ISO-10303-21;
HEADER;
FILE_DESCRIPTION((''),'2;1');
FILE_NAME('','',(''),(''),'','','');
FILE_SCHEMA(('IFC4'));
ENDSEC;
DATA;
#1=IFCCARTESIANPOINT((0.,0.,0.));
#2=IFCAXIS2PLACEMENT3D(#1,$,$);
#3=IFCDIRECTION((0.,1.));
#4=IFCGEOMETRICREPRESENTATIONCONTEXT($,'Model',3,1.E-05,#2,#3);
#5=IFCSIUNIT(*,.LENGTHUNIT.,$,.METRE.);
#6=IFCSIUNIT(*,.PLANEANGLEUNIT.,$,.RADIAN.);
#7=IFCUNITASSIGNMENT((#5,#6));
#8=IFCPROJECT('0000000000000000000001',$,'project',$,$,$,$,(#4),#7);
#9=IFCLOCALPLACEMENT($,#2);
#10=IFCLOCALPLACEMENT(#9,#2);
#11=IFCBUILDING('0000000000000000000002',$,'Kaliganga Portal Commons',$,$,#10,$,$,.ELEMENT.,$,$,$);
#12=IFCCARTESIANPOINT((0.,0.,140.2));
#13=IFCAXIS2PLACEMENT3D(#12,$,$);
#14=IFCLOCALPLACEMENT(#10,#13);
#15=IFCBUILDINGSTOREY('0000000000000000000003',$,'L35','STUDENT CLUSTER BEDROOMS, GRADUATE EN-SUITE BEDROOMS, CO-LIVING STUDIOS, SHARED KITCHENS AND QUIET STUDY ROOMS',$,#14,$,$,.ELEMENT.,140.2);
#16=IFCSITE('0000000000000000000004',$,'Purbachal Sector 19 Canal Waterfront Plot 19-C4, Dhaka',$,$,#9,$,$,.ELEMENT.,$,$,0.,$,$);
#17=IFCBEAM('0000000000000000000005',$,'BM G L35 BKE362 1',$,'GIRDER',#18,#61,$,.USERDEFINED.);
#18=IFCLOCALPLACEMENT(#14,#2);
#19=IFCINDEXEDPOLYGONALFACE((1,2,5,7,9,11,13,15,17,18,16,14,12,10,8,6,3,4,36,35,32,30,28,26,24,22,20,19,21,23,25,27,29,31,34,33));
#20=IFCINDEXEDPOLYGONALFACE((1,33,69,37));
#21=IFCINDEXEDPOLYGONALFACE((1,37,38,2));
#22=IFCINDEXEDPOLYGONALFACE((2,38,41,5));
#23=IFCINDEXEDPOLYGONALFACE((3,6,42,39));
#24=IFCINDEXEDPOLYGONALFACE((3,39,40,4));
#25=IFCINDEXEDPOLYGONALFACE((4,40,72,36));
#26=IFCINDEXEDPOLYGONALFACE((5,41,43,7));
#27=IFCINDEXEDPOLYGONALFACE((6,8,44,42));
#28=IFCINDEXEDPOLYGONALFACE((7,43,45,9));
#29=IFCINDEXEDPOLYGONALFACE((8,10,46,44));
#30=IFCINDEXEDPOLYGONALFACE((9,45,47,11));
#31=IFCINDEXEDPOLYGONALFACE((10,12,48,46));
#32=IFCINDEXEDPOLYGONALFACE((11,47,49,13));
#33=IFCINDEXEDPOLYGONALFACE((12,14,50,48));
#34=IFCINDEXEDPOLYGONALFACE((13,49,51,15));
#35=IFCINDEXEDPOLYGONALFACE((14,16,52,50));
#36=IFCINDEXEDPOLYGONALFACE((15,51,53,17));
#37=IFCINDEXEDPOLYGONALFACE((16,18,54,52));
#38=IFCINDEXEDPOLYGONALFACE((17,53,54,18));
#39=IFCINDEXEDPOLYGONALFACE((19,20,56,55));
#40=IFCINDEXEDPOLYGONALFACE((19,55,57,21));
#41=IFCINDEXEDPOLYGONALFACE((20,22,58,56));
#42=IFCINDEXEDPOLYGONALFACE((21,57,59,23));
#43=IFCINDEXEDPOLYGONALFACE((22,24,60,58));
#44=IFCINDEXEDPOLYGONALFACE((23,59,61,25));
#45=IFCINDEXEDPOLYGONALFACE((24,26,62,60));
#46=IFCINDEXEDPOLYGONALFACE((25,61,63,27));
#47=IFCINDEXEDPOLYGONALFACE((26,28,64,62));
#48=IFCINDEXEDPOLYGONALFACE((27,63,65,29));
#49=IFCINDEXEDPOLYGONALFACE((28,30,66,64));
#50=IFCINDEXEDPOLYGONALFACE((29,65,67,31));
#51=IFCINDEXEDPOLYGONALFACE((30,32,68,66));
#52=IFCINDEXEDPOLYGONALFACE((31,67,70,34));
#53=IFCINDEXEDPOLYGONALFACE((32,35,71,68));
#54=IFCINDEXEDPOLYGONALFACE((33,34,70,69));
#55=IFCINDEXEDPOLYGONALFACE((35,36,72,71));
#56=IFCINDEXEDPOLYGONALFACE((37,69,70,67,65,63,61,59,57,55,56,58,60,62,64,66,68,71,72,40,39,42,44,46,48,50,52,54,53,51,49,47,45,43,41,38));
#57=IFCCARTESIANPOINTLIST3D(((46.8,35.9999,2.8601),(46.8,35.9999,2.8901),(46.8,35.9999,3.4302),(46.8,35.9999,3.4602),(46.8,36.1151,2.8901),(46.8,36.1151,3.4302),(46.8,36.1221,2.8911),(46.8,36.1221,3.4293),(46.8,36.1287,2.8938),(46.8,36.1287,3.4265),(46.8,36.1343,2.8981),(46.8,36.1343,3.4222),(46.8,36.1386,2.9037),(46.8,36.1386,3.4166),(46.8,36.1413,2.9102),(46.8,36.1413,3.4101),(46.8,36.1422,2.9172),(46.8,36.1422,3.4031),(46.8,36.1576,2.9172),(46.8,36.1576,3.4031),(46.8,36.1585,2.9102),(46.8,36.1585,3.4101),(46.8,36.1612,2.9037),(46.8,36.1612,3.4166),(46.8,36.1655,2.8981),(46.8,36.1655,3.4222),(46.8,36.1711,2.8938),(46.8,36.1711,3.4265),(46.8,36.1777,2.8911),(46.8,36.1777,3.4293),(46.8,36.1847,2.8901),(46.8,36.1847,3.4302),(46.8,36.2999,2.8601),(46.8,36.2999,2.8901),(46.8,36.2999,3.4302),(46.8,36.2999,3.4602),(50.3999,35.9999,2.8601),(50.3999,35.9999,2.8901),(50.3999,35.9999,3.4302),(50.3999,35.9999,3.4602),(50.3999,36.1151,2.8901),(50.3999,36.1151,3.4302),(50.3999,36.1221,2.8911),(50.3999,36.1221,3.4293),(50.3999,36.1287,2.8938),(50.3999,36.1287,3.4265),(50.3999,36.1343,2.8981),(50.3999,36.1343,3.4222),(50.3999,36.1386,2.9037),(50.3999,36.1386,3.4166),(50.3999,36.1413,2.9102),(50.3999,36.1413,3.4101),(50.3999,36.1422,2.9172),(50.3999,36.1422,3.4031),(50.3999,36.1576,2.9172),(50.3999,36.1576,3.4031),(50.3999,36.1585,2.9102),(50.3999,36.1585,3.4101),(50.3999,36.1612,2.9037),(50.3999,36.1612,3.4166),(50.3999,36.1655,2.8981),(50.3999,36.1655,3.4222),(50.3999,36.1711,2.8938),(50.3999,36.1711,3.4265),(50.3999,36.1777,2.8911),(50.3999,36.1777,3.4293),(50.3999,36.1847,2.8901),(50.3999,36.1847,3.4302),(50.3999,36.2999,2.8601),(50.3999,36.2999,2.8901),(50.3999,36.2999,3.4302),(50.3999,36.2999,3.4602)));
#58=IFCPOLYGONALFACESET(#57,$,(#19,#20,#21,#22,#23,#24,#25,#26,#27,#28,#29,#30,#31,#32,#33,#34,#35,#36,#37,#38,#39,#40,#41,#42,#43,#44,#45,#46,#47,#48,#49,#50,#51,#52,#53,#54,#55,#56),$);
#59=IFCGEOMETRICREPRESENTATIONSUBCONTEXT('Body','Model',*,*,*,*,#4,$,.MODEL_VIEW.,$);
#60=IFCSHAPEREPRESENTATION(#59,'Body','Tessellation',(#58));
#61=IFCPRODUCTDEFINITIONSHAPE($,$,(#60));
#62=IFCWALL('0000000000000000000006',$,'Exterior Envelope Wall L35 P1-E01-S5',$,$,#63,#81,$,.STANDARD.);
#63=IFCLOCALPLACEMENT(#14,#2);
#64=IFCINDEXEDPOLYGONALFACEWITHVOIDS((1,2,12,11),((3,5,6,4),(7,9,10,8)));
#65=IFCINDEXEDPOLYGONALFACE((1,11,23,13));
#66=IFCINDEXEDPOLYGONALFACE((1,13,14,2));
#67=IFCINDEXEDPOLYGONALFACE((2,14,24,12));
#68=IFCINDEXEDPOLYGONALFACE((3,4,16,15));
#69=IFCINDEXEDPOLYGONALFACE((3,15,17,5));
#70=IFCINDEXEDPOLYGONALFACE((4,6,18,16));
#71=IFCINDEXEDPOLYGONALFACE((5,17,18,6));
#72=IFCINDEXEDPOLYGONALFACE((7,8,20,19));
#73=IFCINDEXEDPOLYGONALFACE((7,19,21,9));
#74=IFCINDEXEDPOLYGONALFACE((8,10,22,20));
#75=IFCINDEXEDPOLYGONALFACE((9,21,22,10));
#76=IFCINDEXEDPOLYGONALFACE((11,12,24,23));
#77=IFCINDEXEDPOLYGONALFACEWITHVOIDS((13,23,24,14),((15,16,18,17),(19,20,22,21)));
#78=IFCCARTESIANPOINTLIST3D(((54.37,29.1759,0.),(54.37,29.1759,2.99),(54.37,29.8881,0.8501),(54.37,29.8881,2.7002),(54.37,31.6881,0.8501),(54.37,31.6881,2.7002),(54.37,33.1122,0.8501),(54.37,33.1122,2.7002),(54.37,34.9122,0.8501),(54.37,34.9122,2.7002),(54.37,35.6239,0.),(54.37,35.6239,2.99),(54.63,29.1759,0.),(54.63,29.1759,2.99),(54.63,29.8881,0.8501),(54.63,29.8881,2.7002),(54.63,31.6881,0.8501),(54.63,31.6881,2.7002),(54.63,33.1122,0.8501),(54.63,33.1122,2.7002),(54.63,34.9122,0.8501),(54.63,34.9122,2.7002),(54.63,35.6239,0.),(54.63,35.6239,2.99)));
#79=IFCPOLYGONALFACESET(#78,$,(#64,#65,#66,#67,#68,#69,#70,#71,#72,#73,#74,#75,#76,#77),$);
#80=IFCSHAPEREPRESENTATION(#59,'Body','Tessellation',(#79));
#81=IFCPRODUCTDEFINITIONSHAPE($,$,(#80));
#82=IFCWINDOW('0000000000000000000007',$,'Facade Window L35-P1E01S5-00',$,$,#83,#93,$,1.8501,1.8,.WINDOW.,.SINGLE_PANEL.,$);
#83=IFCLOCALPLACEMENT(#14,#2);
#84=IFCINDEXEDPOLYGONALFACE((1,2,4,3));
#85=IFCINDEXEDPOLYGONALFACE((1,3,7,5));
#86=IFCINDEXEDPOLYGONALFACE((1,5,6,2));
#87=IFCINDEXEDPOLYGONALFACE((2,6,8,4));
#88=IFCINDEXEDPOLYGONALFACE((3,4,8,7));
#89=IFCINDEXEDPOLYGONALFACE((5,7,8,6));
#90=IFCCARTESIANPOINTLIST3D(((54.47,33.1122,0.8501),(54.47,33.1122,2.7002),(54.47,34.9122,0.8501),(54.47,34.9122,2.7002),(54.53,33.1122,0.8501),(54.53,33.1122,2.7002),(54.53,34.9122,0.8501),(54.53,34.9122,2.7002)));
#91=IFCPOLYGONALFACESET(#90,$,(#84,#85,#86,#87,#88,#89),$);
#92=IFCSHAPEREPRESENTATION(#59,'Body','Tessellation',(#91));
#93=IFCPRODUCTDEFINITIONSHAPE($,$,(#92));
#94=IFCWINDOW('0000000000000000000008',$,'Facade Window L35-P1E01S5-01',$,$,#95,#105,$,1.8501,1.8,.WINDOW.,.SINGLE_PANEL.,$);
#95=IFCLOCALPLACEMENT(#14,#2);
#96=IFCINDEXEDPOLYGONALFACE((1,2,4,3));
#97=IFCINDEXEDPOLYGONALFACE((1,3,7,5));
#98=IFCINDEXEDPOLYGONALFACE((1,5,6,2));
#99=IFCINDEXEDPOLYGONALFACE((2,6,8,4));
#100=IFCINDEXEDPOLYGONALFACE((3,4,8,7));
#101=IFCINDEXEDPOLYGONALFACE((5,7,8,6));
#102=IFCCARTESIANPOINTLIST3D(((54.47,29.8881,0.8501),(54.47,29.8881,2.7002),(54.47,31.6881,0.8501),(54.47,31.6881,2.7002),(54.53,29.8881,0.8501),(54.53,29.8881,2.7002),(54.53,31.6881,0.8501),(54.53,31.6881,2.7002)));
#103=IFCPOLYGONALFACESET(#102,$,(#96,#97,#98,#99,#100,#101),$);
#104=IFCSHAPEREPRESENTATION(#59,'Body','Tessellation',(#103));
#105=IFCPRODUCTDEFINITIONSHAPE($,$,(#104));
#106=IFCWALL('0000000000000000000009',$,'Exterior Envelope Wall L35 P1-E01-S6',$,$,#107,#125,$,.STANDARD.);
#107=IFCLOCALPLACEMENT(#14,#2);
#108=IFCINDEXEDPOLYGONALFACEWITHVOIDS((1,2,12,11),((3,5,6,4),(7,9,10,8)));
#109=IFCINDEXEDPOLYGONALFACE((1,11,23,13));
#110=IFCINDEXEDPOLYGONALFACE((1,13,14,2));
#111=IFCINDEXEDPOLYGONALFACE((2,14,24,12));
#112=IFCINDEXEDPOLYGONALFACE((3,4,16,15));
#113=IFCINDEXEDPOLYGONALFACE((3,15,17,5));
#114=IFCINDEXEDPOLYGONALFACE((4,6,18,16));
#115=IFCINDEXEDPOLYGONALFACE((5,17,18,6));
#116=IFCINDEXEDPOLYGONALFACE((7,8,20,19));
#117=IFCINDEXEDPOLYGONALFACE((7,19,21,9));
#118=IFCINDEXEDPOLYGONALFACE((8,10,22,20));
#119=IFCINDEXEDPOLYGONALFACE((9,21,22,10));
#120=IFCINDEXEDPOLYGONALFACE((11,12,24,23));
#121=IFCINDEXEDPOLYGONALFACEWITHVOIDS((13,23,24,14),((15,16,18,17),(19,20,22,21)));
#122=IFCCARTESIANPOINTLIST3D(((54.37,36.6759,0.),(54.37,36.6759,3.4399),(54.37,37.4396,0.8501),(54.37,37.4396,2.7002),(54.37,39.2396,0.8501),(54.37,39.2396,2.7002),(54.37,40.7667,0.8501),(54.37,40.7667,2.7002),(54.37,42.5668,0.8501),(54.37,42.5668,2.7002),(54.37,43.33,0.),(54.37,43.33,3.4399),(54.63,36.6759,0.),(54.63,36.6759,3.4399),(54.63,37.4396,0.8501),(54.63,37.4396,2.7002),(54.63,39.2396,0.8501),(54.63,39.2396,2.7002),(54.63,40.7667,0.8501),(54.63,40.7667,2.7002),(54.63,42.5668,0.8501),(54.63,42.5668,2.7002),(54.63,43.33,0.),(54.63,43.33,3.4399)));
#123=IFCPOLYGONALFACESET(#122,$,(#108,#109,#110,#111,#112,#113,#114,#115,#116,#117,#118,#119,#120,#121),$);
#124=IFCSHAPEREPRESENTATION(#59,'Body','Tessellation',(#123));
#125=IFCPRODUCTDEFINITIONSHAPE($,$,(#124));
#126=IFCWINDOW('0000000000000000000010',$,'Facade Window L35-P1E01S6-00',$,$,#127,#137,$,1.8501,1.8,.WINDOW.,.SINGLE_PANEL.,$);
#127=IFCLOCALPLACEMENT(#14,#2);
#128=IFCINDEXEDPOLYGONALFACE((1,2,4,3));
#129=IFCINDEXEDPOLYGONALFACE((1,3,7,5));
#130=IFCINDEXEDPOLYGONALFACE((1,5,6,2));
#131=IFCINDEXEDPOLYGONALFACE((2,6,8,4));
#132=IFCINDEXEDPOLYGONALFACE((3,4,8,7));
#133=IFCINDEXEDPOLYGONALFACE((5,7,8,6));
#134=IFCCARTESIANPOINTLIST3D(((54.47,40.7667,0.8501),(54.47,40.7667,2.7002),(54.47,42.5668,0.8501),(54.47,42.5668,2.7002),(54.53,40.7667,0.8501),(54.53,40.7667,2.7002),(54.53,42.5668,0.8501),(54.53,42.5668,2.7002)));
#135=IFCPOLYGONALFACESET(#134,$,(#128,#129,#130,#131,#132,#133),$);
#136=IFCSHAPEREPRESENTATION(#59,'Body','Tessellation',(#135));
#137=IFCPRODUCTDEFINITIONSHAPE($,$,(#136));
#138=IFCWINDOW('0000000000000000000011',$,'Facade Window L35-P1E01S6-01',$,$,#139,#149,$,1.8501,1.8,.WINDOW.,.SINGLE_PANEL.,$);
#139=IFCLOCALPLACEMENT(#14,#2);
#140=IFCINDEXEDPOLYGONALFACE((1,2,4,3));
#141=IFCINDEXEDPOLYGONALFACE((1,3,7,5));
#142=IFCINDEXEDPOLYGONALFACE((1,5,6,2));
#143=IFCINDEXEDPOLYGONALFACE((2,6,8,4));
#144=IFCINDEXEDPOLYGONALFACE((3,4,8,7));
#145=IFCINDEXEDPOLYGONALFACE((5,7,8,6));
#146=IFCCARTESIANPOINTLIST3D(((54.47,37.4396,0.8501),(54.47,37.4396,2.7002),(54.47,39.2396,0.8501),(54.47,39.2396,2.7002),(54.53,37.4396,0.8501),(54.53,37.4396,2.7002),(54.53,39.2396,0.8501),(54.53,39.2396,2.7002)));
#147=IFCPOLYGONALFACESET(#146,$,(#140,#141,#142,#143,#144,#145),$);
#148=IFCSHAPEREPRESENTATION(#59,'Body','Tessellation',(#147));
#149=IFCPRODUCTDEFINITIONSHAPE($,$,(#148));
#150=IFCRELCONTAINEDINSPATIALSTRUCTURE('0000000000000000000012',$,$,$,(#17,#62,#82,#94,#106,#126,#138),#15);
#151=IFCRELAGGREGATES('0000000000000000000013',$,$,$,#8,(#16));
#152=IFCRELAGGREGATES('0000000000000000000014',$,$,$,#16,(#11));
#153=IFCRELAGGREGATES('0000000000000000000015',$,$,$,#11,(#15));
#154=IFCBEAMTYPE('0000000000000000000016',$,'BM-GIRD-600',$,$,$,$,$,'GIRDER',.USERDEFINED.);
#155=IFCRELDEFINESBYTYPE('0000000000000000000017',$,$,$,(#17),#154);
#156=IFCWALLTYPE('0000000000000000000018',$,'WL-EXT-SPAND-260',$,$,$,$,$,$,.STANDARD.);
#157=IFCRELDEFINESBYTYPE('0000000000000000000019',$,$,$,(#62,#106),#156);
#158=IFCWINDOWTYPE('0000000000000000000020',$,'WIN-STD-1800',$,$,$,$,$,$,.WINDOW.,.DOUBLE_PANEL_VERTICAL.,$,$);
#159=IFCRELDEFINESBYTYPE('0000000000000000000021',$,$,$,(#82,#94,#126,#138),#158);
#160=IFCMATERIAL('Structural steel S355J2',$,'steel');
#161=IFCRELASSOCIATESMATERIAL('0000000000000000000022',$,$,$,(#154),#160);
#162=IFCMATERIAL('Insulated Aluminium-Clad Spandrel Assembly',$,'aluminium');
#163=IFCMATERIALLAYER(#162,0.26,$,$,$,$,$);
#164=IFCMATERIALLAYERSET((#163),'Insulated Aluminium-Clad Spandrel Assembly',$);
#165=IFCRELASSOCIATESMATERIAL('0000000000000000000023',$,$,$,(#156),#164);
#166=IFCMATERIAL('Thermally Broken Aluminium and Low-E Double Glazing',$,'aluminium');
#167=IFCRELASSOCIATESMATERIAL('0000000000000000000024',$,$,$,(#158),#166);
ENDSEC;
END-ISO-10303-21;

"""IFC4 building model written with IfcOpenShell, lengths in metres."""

from ifc_helpers import new_model, si_unit, direction, frame, frame_2d, origin, origin_2d, place, context, subcontext, project, spatial, rectangle, i_section, extrude, source, transform, mapped, material, layer, layer_set, material_profile, profile_set, type_object, element, fill, save


model = new_model("IFC4")

# Units and contexts
model_context = context("Model", 3, precision=1e-05, world=origin(), true_north=direction((0.0, 1.0)))
body_context = subcontext(model_context, "Body", "Model", "MODEL_VIEW")
ifc_project = project(units=[si_unit("LENGTHUNIT", "METRE"), si_unit("PLANEANGLEUNIT", "RADIAN")], contexts=[model_context])

# Site, building, storey
site_placement = place(None, origin())
site = spatial("IfcSite", under=ifc_project, at=site_placement, Name="Purbachal Sector 19 Canal Waterfront Plot 19-C4, Dhaka", CompositionType="ELEMENT", RefElevation=0.0)
building_placement = place(site_placement, origin())
building = spatial("IfcBuilding", under=site, at=building_placement, Name="Kaliganga Portal Commons", CompositionType="ELEMENT")
storey_placement = place(building_placement, frame((0.0, 0.0, 140.2)))
storey = spatial("IfcBuildingStorey", under=building, at=storey_placement, Name="L35", Description="STUDENT CLUSTER BEDROOMS, GRADUATE EN-SUITE BEDROOMS, CO-LIVING STUDIOS, SHARED KITCHENS AND QUIET STUDY ROOMS", CompositionType="ELEMENT", Elevation=140.2)

# Beam
ifc_material_1 = material(Name="Structural steel S355J2", Category="steel")
ifc_material_profile_1 = material_profile(ifc_material_1, i_section(OverallWidth=0.3, OverallDepth=0.6001, WebThickness=0.0154, FlangeThickness=0.03, FilletRadius=0.0271, at=origin_2d()), Name="HE 600 B")
ifc_profile_set_1 = profile_set([ifc_material_profile_1], Name="Structural steel S355J2 wide-flange")
beam_type_1 = type_object("IfcBeamType", Name="BM-GIRD-600", ElementType="GIRDER", PredefinedType="USERDEFINED", material=ifc_profile_set_1)
shared_shape_1 = source(origin(), body_context, "Body", "SweptSolid", [
    extrude(i_section(OverallWidth=0.3, OverallDepth=0.6001, WebThickness=0.0154, FlangeThickness=0.03, FilletRadius=0.0271, at=origin_2d()), origin(), (0.0, 0.0, 1.0), 3.5999),
])
beam_1_placement = place(storey_placement, frame((46.8, 36.1499, 3.1602), z_axis=(1.0, 0.0, 0.0), x_axis=(0.0, 1.0, 0.0)))
element("IfcBeam", 1, at=beam_1_placement, inside=storey, type_object=beam_type_1, Name="BM G L35 BKE362 1", ObjectType="GIRDER", PredefinedType="USERDEFINED", context=body_context, shape_type="MappedRepresentation", body=[
    mapped(shared_shape_1, transform((0.0, 0.0, 0.0), x_axis=(1.0, 0.0, 0.0), y_axis=(0.0, 1.0, 0.0), z_axis=(0.0, 0.0, 1.0), scale=1.0)),
])

# Walls, openings, windows
ifc_material_2 = material(Name="Insulated Aluminium-Clad Spandrel Assembly", Category="aluminium")
ifc_layer_1 = layer(ifc_material_2, 0.26)
ifc_layer_set_1 = layer_set([ifc_layer_1], Name="Insulated Aluminium-Clad Spandrel Assembly")
wall_type_1 = type_object("IfcWallType", Name="WL-EXT-SPAND-260", PredefinedType="STANDARD", material=ifc_layer_set_1)
wall_1_placement = place(storey_placement, frame((54.5, 35.624, 0.0), z_axis=(0.0, 0.0, 1.0), x_axis=(0.0, -1.0, 0.0)))
wall_1 = element("IfcWall", 2, at=wall_1_placement, inside=storey, type_object=wall_type_1, Name="Exterior Envelope Wall L35 P1-E01-S5", PredefinedType="STANDARD", context=body_context, shape_type="SweptSolid", body=[
    extrude(rectangle(XDim=6.448, YDim=0.26, at=frame_2d((3.2241, 0.0))), origin(), (0.0, 0.0, 1.0), 2.99),
])
opening_1_placement = place(wall_1_placement, frame((0.7119, 0.0, 0.8501)))
opening_1 = element("IfcOpeningElement", 3, at=opening_1_placement, cuts=wall_1, PredefinedType="OPENING", context=body_context, shape_type="SweptSolid", body=[
    extrude(rectangle(XDim=1.8, YDim=1.8501, at=frame_2d((0.8999, 0.925))), frame((0.0, 0.1401, 0.0), z_axis=(0.0, -1.0, 0.0), x_axis=(1.0, 0.0, 0.0)), (0.0, 0.0, 1.0), 0.28),
])
opening_2_placement = place(wall_1_placement, frame((3.936, 0.0, 0.8501)))
opening_2 = element("IfcOpeningElement", 4, at=opening_2_placement, cuts=wall_1, PredefinedType="OPENING", context=body_context, shape_type="SweptSolid", body=[
    extrude(rectangle(XDim=1.8, YDim=1.8501, at=frame_2d((0.8999, 0.925))), frame((0.0, 0.1401, 0.0), z_axis=(0.0, -1.0, 0.0), x_axis=(1.0, 0.0, 0.0)), (0.0, 0.0, 1.0), 0.28),
])
ifc_material_3 = material(Name="Thermally Broken Aluminium and Low-E Double Glazing", Category="aluminium")
window_type = type_object("IfcWindowType", Name="WIN-STD-1800", PartitioningType="DOUBLE_PANEL_VERTICAL", PredefinedType="WINDOW", material=ifc_material_3)
window_1_placement = place(opening_1_placement, origin())
window_1 = element("IfcWindow", 5, at=window_1_placement, inside=storey, type_object=window_type, Name="Facade Window L35-P1E01S5-00", OverallHeight=1.8501, OverallWidth=1.8, PartitioningType="SINGLE_PANEL", PredefinedType="WINDOW", context=body_context, shape_type="SweptSolid", body=[
    extrude(rectangle(XDim=1.8, YDim=1.8501, at=frame_2d((0.8999, 0.925))), frame((0.0, 0.03, 0.0), z_axis=(0.0, -1.0, 0.0), x_axis=(1.0, 0.0, 0.0)), (0.0, 0.0, 1.0), 0.0601),
])
fill(opening_1, window_1)
window_2_placement = place(opening_2_placement, origin())
window_2 = element("IfcWindow", 6, at=window_2_placement, inside=storey, type_object=window_type, Name="Facade Window L35-P1E01S5-01", OverallHeight=1.8501, OverallWidth=1.8, PartitioningType="SINGLE_PANEL", PredefinedType="WINDOW", context=body_context, shape_type="SweptSolid", body=[
    extrude(rectangle(XDim=1.8, YDim=1.8501, at=frame_2d((0.8999, 0.925))), frame((0.0, 0.03, 0.0), z_axis=(0.0, -1.0, 0.0), x_axis=(1.0, 0.0, 0.0)), (0.0, 0.0, 1.0), 0.0601),
])
fill(opening_2, window_2)
wall_2_placement = place(storey_placement, frame((54.5, 43.3301, 0.0), z_axis=(0.0, 0.0, 1.0), x_axis=(0.0, -1.0, 0.0)))
wall_2 = element("IfcWall", 7, at=wall_2_placement, inside=storey, type_object=wall_type_1, Name="Exterior Envelope Wall L35 P1-E01-S6", PredefinedType="STANDARD", context=body_context, shape_type="SweptSolid", body=[
    extrude(rectangle(XDim=6.6541, YDim=0.26, at=frame_2d((3.3271, 0.0))), origin(), (0.0, 0.0, 1.0), 3.4399),
])
opening_3_placement = place(wall_2_placement, frame((0.7634, 0.0, 0.8501)))
opening_3 = element("IfcOpeningElement", 8, at=opening_3_placement, cuts=wall_2, PredefinedType="OPENING", context=body_context, shape_type="SweptSolid", body=[
    extrude(rectangle(XDim=1.8, YDim=1.8501, at=frame_2d((0.8999, 0.925))), frame((0.0, 0.1401, 0.0), z_axis=(0.0, -1.0, 0.0), x_axis=(1.0, 0.0, 0.0)), (0.0, 0.0, 1.0), 0.28),
])
opening_4_placement = place(wall_2_placement, frame((4.0906, 0.0, 0.8501)))
opening_4 = element("IfcOpeningElement", 9, at=opening_4_placement, cuts=wall_2, PredefinedType="OPENING", context=body_context, shape_type="SweptSolid", body=[
    extrude(rectangle(XDim=1.8, YDim=1.8501, at=frame_2d((0.8999, 0.925))), frame((0.0, 0.1401, 0.0), z_axis=(0.0, -1.0, 0.0), x_axis=(1.0, 0.0, 0.0)), (0.0, 0.0, 1.0), 0.28),
])
window_3_placement = place(opening_3_placement, origin())
window_3 = element("IfcWindow", 10, at=window_3_placement, inside=storey, type_object=window_type, Name="Facade Window L35-P1E01S6-00", OverallHeight=1.8501, OverallWidth=1.8, PartitioningType="SINGLE_PANEL", PredefinedType="WINDOW", context=body_context, shape_type="SweptSolid", body=[
    extrude(rectangle(XDim=1.8, YDim=1.8501, at=frame_2d((0.8999, 0.925))), frame((0.0, 0.03, 0.0), z_axis=(0.0, -1.0, 0.0), x_axis=(1.0, 0.0, 0.0)), (0.0, 0.0, 1.0), 0.0601),
])
fill(opening_3, window_3)
window_4_placement = place(opening_4_placement, origin())
window_4 = element("IfcWindow", 11, at=window_4_placement, inside=storey, type_object=window_type, Name="Facade Window L35-P1E01S6-01", OverallHeight=1.8501, OverallWidth=1.8, PartitioningType="SINGLE_PANEL", PredefinedType="WINDOW", context=body_context, shape_type="SweptSolid", body=[
    extrude(rectangle(XDim=1.8, YDim=1.8501, at=frame_2d((0.8999, 0.925))), frame((0.0, 0.03, 0.0), z_axis=(0.0, -1.0, 0.0), x_axis=(1.0, 0.0, 0.0)), (0.0, 0.0, 1.0), 0.0601),
])
fill(opening_4, window_4)

save(model, "model.ifc")
